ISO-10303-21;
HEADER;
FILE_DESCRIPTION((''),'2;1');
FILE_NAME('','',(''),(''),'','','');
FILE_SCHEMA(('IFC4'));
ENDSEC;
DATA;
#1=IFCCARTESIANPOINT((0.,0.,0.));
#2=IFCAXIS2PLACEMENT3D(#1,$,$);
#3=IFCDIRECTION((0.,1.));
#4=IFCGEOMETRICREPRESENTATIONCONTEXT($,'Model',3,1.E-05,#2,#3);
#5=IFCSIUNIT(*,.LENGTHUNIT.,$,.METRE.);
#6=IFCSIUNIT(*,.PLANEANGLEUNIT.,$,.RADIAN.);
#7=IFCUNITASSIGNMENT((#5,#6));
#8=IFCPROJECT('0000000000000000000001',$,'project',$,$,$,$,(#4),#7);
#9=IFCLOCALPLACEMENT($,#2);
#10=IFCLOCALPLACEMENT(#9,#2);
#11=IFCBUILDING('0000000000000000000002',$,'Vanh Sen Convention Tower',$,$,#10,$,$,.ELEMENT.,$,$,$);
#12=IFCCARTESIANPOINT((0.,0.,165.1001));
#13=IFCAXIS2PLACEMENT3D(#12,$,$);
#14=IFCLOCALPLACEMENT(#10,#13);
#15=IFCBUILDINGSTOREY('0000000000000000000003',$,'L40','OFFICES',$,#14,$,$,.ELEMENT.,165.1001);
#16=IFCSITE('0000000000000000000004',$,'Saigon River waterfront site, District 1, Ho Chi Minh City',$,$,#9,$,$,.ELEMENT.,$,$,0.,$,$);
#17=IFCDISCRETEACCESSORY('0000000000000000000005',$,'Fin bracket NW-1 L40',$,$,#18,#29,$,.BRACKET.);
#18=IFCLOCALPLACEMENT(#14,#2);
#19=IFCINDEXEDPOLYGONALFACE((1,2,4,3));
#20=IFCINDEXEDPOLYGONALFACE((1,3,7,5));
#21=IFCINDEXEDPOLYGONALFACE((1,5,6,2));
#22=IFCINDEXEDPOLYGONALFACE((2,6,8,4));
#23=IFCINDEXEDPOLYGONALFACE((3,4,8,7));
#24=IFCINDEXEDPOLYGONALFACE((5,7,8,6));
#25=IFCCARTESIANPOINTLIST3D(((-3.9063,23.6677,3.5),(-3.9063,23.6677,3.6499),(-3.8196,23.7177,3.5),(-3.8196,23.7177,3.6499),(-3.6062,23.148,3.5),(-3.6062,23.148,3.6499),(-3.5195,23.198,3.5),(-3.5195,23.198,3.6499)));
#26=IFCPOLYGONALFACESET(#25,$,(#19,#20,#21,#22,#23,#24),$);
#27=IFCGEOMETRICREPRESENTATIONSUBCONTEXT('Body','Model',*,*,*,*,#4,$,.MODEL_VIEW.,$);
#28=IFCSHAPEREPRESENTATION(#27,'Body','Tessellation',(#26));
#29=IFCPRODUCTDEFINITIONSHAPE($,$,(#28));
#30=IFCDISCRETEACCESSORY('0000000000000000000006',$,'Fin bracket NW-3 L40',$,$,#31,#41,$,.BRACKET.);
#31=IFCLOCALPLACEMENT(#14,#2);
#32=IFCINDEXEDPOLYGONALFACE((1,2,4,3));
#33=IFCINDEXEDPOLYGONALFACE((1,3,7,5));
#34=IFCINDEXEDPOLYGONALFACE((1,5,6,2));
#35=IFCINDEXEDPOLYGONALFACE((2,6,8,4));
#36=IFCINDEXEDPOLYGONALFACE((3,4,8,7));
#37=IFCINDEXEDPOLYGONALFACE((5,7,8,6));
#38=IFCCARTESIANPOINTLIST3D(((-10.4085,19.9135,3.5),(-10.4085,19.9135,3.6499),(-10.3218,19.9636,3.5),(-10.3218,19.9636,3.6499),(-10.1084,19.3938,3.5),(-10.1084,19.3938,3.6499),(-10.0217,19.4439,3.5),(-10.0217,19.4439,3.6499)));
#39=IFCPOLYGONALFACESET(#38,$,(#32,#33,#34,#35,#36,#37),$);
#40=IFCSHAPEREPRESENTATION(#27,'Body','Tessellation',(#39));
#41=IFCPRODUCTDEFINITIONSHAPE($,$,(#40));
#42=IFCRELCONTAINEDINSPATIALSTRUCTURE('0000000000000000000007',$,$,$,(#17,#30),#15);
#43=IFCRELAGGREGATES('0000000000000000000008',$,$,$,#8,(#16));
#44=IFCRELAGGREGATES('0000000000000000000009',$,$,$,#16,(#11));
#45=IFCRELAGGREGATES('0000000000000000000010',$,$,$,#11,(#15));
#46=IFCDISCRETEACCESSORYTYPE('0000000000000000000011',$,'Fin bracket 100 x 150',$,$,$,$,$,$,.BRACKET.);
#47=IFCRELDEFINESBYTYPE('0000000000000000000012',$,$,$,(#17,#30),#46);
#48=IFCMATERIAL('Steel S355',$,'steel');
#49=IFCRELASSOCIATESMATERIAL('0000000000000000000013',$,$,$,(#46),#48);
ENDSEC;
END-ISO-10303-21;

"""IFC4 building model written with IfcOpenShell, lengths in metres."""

from ifc_helpers import new_model, si_unit, direction, frame, origin, origin_2d, place, context, subcontext, project, spatial, rectangle, extrude, material, type_object, element, save


model = new_model("IFC4")

# Units and contexts
model_context = context("Model", 3, precision=1e-05, world=origin(), true_north=direction((0.0, 1.0)))
body_context = subcontext(model_context, "Body", "Model", "MODEL_VIEW")
ifc_project = project(units=[si_unit("LENGTHUNIT", "METRE"), si_unit("PLANEANGLEUNIT", "RADIAN")], contexts=[model_context])

# Site, building, storey
site_placement = place(None, origin())
site = spatial("IfcSite", under=ifc_project, at=site_placement, Name="Saigon River waterfront site, District 1, Ho Chi Minh City", CompositionType="ELEMENT", RefElevation=0.0)
building_placement = place(site_placement, origin())
building = spatial("IfcBuilding", under=site, at=building_placement, Name="Vanh Sen Convention Tower", CompositionType="ELEMENT")
storey_placement = place(building_placement, frame((0.0, 0.0, 165.1001)))
storey = spatial("IfcBuildingStorey", under=building, at=storey_placement, Name="L40", Description="OFFICES", CompositionType="ELEMENT", Elevation=165.1001)

# Discrete accessories
ifc_material_1 = material(Name="Steel S355", Category="steel")
discrete_accessory_type = type_object("IfcDiscreteAccessoryType", Name="Fin bracket 100 x 150", PredefinedType="BRACKET", material=ifc_material_1)
for number, where, z_axis, x_axis, name in (
    (1, (-3.7129, 23.4329, 3.5), (0.0, 0.0, 1.0), (-0.5, 0.866025, 0.0), "Fin bracket NW-1 L40"),
    (2, (-10.2151, 19.6787, 3.5), (0.0, 0.0, 1.0), (-0.5, 0.866025, 0.0), "Fin bracket NW-3 L40"),
):
    element("IfcDiscreteAccessory", number, at=place(storey_placement, frame(where, z_axis=z_axis, x_axis=x_axis)), inside=storey, type_object=discrete_accessory_type, Name=name, PredefinedType="BRACKET", context=body_context, shape_type="SweptSolid", body=[
        extrude(rectangle(XDim=0.6001, YDim=0.1001, at=origin_2d()), origin(), (0.0, 0.0, 1.0), 0.1499),
    ])

save(model, "model.ifc")
